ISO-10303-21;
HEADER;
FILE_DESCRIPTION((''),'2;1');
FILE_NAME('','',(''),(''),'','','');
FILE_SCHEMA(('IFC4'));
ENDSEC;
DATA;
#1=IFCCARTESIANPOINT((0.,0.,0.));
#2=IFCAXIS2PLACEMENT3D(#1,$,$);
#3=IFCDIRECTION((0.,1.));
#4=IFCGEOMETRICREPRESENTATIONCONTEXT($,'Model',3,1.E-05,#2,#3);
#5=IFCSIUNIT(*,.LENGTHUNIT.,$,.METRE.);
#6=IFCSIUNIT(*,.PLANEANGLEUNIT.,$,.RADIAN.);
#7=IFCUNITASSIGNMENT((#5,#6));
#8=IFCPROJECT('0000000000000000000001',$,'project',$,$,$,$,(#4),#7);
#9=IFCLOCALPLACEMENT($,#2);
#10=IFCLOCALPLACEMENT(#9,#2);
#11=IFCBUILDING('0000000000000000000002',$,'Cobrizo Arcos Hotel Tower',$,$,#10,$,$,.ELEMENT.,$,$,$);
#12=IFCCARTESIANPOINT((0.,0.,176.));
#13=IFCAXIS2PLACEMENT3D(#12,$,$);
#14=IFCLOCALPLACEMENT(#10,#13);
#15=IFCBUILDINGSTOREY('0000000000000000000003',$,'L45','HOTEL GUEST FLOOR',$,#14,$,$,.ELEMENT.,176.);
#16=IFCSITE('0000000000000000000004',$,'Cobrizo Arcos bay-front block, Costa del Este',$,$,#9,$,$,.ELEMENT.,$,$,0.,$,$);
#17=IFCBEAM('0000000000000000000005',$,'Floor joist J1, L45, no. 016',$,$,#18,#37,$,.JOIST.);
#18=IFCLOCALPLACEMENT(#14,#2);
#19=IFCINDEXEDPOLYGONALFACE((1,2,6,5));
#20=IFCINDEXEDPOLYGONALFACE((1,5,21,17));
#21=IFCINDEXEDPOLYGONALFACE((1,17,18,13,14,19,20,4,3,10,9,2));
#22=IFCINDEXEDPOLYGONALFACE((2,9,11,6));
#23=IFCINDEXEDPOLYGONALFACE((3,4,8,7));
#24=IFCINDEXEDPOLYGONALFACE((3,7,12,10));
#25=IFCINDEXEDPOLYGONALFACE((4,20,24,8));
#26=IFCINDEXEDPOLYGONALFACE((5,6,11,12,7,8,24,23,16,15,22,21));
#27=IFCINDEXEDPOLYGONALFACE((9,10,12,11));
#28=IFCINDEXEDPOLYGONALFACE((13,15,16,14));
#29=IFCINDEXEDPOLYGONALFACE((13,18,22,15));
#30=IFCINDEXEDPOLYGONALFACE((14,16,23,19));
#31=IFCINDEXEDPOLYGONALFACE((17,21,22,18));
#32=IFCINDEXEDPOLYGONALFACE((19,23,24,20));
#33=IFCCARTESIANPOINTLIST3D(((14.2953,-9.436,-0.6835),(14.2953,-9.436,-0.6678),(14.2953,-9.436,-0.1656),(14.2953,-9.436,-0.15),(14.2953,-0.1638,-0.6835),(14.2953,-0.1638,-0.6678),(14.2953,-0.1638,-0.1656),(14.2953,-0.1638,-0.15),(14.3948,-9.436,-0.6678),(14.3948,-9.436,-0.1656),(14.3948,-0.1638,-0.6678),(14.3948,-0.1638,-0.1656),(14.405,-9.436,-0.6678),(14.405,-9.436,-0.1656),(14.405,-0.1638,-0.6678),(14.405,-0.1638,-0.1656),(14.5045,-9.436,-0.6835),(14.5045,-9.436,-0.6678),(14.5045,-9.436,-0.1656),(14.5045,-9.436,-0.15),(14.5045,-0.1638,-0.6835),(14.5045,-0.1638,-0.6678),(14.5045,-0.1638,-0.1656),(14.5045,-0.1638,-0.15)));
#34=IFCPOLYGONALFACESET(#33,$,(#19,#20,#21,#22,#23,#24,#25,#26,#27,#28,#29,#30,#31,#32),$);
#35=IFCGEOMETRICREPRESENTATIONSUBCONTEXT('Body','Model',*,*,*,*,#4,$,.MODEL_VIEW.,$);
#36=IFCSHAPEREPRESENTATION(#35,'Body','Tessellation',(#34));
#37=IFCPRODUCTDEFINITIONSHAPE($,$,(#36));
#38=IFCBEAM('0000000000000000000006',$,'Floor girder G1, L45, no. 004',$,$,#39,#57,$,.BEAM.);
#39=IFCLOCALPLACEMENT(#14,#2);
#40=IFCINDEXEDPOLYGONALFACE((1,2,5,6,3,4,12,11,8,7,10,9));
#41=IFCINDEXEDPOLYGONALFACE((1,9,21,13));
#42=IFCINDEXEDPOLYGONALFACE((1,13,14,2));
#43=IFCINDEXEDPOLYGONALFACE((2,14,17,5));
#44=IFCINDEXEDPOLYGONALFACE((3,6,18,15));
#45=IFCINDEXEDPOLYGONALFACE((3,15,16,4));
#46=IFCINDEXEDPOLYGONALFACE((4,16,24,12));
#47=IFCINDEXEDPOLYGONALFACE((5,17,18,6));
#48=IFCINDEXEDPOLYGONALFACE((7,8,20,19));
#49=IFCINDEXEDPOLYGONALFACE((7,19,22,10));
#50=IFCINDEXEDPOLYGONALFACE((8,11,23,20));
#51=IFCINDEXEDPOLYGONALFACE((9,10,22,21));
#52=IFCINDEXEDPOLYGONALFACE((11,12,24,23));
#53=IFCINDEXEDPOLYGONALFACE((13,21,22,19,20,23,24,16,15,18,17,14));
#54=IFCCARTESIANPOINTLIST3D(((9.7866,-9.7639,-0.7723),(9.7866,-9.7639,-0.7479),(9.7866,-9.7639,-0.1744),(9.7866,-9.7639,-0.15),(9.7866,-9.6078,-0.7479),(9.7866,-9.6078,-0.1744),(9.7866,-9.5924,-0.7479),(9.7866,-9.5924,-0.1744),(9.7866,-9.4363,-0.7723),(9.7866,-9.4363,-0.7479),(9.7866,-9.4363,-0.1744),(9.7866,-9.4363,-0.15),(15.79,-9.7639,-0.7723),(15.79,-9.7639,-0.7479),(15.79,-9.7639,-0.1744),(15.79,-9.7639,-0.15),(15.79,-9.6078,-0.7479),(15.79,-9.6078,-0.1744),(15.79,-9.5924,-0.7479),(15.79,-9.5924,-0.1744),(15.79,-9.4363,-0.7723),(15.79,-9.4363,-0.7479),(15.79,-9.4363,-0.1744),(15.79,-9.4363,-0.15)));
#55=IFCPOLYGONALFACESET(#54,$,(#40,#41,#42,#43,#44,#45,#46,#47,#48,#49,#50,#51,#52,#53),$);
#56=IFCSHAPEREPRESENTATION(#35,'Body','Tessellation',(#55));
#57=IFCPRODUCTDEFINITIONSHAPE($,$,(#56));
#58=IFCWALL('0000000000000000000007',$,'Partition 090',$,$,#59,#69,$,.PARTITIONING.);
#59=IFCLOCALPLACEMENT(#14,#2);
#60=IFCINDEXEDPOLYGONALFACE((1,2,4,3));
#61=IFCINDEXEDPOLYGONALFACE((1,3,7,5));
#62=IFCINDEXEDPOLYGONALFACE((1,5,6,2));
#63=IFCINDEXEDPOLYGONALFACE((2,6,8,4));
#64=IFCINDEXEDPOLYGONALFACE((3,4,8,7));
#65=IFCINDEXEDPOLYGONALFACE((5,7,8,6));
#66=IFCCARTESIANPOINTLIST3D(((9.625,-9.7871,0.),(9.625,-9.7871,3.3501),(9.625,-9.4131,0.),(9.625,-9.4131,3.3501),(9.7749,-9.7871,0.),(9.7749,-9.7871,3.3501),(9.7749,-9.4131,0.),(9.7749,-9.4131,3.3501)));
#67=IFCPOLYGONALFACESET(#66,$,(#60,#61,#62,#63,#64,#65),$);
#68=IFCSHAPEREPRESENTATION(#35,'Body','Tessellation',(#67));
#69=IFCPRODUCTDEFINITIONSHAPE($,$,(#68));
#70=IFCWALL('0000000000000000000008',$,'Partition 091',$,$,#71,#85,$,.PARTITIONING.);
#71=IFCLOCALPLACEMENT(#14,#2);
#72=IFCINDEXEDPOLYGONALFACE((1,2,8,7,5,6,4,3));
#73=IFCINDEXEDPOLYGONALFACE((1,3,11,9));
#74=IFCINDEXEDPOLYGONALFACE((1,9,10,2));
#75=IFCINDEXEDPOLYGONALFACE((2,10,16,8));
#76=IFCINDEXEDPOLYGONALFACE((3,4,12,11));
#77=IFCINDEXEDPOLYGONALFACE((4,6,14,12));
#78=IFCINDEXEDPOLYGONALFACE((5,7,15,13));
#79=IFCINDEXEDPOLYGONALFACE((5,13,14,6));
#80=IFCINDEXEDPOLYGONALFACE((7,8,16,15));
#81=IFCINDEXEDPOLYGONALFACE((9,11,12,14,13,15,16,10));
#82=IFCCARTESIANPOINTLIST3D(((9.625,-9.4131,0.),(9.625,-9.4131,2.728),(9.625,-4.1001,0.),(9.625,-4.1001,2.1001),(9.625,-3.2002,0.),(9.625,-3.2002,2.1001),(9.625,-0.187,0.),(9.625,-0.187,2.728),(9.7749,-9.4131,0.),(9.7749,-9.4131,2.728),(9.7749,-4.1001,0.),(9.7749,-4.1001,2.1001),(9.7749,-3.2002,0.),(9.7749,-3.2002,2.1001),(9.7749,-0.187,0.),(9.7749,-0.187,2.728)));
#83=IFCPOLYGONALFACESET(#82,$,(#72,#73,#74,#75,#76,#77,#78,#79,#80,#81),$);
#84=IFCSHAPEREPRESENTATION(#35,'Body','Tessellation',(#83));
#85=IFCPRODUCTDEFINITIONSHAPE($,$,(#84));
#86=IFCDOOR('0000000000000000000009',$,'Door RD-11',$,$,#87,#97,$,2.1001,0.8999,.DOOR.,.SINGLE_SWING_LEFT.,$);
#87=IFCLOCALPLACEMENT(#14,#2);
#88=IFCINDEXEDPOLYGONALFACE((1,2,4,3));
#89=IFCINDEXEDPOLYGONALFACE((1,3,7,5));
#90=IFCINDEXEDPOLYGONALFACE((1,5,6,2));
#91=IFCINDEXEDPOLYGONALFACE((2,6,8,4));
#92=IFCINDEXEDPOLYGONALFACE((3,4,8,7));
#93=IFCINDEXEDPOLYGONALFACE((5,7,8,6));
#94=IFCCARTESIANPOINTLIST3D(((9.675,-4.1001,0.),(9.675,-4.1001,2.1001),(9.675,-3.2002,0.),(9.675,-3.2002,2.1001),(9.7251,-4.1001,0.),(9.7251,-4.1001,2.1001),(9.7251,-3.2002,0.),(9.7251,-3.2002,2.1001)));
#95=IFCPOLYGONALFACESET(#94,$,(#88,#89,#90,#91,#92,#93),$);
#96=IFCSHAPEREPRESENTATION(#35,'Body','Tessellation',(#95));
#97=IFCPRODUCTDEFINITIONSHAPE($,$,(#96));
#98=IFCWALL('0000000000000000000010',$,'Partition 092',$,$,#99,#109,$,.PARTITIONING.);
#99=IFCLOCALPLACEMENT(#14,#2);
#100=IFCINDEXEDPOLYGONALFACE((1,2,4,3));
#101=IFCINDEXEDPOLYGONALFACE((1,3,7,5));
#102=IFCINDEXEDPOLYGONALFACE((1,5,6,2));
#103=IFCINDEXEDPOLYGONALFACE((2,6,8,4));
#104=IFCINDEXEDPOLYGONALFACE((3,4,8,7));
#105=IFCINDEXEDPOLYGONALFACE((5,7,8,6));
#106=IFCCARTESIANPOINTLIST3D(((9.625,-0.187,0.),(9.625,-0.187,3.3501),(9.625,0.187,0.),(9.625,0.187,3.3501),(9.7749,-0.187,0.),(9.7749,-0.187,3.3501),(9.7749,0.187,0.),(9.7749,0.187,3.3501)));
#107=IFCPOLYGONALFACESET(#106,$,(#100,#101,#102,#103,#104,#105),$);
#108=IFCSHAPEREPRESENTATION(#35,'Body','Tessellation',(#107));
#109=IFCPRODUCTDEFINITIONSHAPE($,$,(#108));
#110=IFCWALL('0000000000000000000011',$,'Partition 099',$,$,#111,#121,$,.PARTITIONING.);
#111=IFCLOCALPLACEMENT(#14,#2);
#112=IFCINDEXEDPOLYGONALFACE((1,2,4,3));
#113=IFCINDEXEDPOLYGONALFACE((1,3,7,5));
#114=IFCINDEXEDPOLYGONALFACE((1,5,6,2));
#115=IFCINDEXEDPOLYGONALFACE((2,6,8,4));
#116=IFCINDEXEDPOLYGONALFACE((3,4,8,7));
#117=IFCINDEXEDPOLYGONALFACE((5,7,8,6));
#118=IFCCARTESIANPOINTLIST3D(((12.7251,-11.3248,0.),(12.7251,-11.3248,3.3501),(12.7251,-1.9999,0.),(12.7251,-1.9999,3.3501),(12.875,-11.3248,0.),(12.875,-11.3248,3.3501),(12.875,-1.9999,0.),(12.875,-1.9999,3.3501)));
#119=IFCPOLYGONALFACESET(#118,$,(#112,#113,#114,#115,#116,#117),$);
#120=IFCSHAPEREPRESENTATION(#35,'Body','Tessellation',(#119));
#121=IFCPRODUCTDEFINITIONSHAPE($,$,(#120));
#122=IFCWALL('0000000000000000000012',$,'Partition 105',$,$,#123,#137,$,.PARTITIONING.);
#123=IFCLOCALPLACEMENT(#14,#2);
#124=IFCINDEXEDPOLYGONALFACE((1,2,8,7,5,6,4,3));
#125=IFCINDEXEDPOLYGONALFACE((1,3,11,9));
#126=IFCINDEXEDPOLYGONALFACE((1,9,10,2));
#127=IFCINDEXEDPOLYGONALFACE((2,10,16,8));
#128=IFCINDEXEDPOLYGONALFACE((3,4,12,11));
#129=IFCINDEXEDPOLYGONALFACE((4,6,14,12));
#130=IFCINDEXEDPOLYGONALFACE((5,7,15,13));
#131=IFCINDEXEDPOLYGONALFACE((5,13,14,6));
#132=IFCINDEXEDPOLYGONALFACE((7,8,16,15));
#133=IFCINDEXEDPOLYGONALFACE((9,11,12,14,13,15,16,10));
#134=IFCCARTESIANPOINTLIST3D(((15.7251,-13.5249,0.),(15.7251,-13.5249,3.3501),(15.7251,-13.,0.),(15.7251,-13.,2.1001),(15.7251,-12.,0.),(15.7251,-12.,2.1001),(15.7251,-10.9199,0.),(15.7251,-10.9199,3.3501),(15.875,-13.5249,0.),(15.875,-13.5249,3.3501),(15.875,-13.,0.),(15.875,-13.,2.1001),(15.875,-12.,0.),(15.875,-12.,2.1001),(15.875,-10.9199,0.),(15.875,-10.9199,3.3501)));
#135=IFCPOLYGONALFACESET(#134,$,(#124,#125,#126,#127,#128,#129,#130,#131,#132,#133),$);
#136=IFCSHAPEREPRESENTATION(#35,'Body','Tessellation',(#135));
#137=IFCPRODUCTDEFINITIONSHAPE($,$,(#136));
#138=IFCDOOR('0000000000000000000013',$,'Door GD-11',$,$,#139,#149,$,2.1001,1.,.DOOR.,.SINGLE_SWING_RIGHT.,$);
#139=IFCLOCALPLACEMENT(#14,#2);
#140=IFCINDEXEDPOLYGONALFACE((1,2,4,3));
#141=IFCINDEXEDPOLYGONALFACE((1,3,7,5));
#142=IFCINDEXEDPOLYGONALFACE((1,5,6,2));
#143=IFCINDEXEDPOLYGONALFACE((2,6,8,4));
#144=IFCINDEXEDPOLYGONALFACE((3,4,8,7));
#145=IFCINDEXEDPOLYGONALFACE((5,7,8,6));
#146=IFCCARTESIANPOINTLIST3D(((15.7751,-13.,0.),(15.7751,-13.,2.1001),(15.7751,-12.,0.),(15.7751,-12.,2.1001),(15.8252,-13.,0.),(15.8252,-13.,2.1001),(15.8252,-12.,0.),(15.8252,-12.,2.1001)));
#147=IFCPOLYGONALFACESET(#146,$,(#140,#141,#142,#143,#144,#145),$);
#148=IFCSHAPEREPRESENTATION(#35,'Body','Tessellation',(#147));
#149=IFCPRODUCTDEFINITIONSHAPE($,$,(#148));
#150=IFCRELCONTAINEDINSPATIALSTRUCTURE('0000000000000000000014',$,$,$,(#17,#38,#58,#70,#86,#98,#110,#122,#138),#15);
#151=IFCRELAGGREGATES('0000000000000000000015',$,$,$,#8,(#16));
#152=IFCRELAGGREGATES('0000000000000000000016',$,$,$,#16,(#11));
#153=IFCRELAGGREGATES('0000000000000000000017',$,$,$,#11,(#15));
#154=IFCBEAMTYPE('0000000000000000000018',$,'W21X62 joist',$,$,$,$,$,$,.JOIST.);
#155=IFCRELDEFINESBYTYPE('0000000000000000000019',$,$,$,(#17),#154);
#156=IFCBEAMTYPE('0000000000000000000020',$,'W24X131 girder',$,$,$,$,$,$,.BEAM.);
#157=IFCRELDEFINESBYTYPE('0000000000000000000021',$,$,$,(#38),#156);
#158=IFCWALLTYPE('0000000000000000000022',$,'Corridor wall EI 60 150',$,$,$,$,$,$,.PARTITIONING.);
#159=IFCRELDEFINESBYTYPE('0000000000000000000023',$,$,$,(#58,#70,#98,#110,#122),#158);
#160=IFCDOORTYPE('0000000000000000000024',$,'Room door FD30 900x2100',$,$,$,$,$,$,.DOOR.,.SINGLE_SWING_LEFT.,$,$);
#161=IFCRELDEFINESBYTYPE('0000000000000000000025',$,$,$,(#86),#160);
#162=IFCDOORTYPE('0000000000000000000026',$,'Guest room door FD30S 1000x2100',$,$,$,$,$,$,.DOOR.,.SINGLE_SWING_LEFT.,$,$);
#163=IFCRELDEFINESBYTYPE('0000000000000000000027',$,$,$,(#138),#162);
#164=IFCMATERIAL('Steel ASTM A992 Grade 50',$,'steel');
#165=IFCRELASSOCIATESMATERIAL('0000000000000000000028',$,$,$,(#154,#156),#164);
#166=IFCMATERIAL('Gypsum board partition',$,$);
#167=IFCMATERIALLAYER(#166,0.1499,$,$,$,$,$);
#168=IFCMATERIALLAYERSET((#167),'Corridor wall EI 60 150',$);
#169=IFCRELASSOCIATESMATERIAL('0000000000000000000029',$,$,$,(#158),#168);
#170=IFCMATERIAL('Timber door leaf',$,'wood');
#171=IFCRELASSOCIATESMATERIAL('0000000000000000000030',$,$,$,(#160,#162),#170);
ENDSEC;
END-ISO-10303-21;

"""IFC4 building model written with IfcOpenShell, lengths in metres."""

from ifc_helpers import new_model, si_unit, direction, frame, frame_2d, origin, origin_2d, place, context, subcontext, project, spatial, rectangle, i_section, extrude, material, layer, layer_set, material_profile, profile_set, type_object, element, fill, save


model = new_model("IFC4")

# Units and contexts
model_context = context("Model", 3, precision=1e-05, world=origin(), true_north=direction((0.0, 1.0)))
body_context = subcontext(model_context, "Body", "Model", "MODEL_VIEW")
ifc_project = project(units=[si_unit("LENGTHUNIT", "METRE"), si_unit("PLANEANGLEUNIT", "RADIAN")], contexts=[model_context])

# Site, building, storey
site_placement = place(None, origin())
site = spatial("IfcSite", under=ifc_project, at=site_placement, Name="Cobrizo Arcos bay-front block, Costa del Este", CompositionType="ELEMENT", RefElevation=0.0)
building_placement = place(site_placement, origin())
building = spatial("IfcBuilding", under=site, at=building_placement, Name="Cobrizo Arcos Hotel Tower", CompositionType="ELEMENT")
storey_placement = place(building_placement, frame((0.0, 0.0, 176.0)))
storey = spatial("IfcBuildingStorey", under=building, at=storey_placement, Name="L45", Description="HOTEL GUEST FLOOR", CompositionType="ELEMENT", Elevation=176.0)

# Beams
ifc_material_1 = material(Name="Steel ASTM A992 Grade 50", Category="steel")
ifc_material_profile_1 = material_profile(ifc_material_1, i_section(OverallWidth=0.2092, OverallDepth=0.5334, WebThickness=0.0103, FlangeThickness=0.0156, at=origin_2d()), Name="W21X62")
ifc_profile_set_1 = profile_set([ifc_material_profile_1], Name="Steel ASTM A992 Grade 50")
beam_type_1 = type_object("IfcBeamType", Name="W21X62 joist", PredefinedType="JOIST", material=ifc_profile_set_1)
beam_1_placement = place(storey_placement, frame((14.3999, -9.436, -0.4167), z_axis=(0.0, 1.0, 0.0), x_axis=(-1.0, 0.0, 0.0)))
element("IfcBeam", 1, at=beam_1_placement, inside=storey, type_object=beam_type_1, Name="Floor joist J1, L45, no. 016", PredefinedType="JOIST", context=body_context, shape_type="SweptSolid", body=[
    extrude(i_section(OverallWidth=0.2092, OverallDepth=0.5334, WebThickness=0.0103, FlangeThickness=0.0156, at=origin_2d()), origin(), (0.0, 0.0, 1.0), 9.2722),
])
ifc_material_profile_2 = material_profile(ifc_material_1, i_section(OverallWidth=0.3276, OverallDepth=0.6223, WebThickness=0.0154, FlangeThickness=0.0244, at=origin_2d()), Name="W24X131")
ifc_profile_set_2 = profile_set([ifc_material_profile_2], Name="Steel ASTM A992 Grade 50")
beam_type_2 = type_object("IfcBeamType", Name="W24X131 girder", PredefinedType="BEAM", material=ifc_profile_set_2)
beam_2_placement = place(storey_placement, frame((9.7866, -9.6001, -0.4612), z_axis=(1.0, 0.0, 0.0), x_axis=(0.0, 1.0, 0.0)))
element("IfcBeam", 2, at=beam_2_placement, inside=storey, type_object=beam_type_2, Name="Floor girder G1, L45, no. 004", PredefinedType="BEAM", context=body_context, shape_type="SweptSolid", body=[
    extrude(i_section(OverallWidth=0.3276, OverallDepth=0.6223, WebThickness=0.0154, FlangeThickness=0.0244, at=origin_2d()), origin(), (0.0, 0.0, 1.0), 6.0034),
])

# Wall
ifc_material_2 = material(Name="Gypsum board partition")
ifc_layer_1 = layer(ifc_material_2, 0.1499)
ifc_layer_set_1 = layer_set([ifc_layer_1], Name="Corridor wall EI 60 150")
wall_type_1 = type_object("IfcWallType", Name="Corridor wall EI 60 150", PredefinedType="PARTITIONING", material=ifc_layer_set_1)
wall_1_placement = place(storey_placement, frame((9.7, -9.7871, 0.0), z_axis=(0.0, 0.0, 1.0), x_axis=(0.0, 1.0, 0.0)))
element("IfcWall", 3, at=wall_1_placement, inside=storey, type_object=wall_type_1, Name="Partition 090", PredefinedType="PARTITIONING", context=body_context, shape_type="SweptSolid", body=[
    extrude(rectangle(XDim=0.374, YDim=0.1499, at=frame_2d((0.187, 0.0))), origin(), (0.0, 0.0, 1.0), 3.3501),
])

# Wall, opening, door
wall_2_placement = place(storey_placement, frame((9.7, -9.4131, 0.0), z_axis=(0.0, 0.0, 1.0), x_axis=(0.0, 1.0, 0.0)))
wall_2 = element("IfcWall", 4, at=wall_2_placement, inside=storey, type_object=wall_type_1, Name="Partition 091", PredefinedType="PARTITIONING", context=body_context, shape_type="SweptSolid", body=[
    extrude(rectangle(XDim=9.2261, YDim=0.1499, at=frame_2d((4.613, 0.0))), origin(), (0.0, 0.0, 1.0), 2.728),
])
opening_1_placement = place(wall_2_placement, frame((5.313, 0.0, 0.0)))
opening_1 = element("IfcOpeningElement", 5, at=opening_1_placement, cuts=wall_2, PredefinedType="OPENING", context=body_context, shape_type="SweptSolid", body=[
    extrude(rectangle(XDim=0.8999, YDim=2.1001, at=frame_2d((0.45, 1.05))), frame((0.0, 0.0869, 0.0), z_axis=(0.0, -1.0, 0.0), x_axis=(1.0, 0.0, 0.0)), (0.0, 0.0, 1.0), 0.1738),
])
ifc_material_3 = material(Name="Timber door leaf", Category="wood")
door_type_1 = type_object("IfcDoorType", Name="Room door FD30 900x2100", OperationType="SINGLE_SWING_LEFT", PredefinedType="DOOR", material=ifc_material_3)
door_1_placement = place(opening_1_placement, origin())
door_1 = element("IfcDoor", 6, at=door_1_placement, inside=storey, type_object=door_type_1, Name="Door RD-11", OperationType="SINGLE_SWING_LEFT", OverallHeight=2.1001, OverallWidth=0.8999, PredefinedType="DOOR", context=body_context, shape_type="SweptSolid", body=[
    extrude(rectangle(XDim=0.8999, YDim=2.1001, at=frame_2d((0.45, 1.05))), frame((0.0, 0.0249, 0.0), z_axis=(0.0, -1.0, 0.0), x_axis=(1.0, 0.0, 0.0)), (0.0, 0.0, 1.0), 0.05),
])
fill(opening_1, door_1)

# Walls
wall_3_placement = place(storey_placement, frame((9.7, -0.187, 0.0), z_axis=(0.0, 0.0, 1.0), x_axis=(0.0, 1.0, 0.0)))
element("IfcWall", 7, at=wall_3_placement, inside=storey, type_object=wall_type_1, Name="Partition 092", PredefinedType="PARTITIONING", context=body_context, shape_type="SweptSolid", body=[
    extrude(rectangle(XDim=0.374, YDim=0.1499, at=frame_2d((0.187, 0.0))), origin(), (0.0, 0.0, 1.0), 3.3501),
])
wall_4_placement = place(storey_placement, frame((12.8, -11.325, 0.0), z_axis=(0.0, 0.0, 1.0), x_axis=(0.0, 1.0, 0.0)))
element("IfcWall", 8, at=wall_4_placement, inside=storey, type_object=wall_type_1, Name="Partition 099", PredefinedType="PARTITIONING", context=body_context, shape_type="SweptSolid", body=[
    extrude(rectangle(XDim=9.325, YDim=0.1499, at=frame_2d((4.6626, 0.0))), origin(), (0.0, 0.0, 1.0), 3.3501),
])

# Wall, opening, door
wall_5_placement = place(storey_placement, frame((15.8, -13.5249, 0.0), z_axis=(0.0, 0.0, 1.0), x_axis=(0.0, 1.0, 0.0)))
wall_5 = element("IfcWall", 9, at=wall_5_placement, inside=storey, type_object=wall_type_1, Name="Partition 105", PredefinedType="PARTITIONING", context=body_context, shape_type="SweptSolid", body=[
    extrude(rectangle(XDim=2.605, YDim=0.1499, at=frame_2d((1.3025, 0.0))), origin(), (0.0, 0.0, 1.0), 3.3501),
])
opening_2_placement = place(wall_5_placement, frame((0.5249, 0.0, 0.0)))
opening_2 = element("IfcOpeningElement", 10, at=opening_2_placement, cuts=wall_5, PredefinedType="OPENING", context=body_context, shape_type="SweptSolid", body=[
    extrude(rectangle(XDim=1.0, YDim=2.1001, at=frame_2d((0.5, 1.05))), frame((0.0, 0.0869, 0.0), z_axis=(0.0, -1.0, 0.0), x_axis=(1.0, 0.0, 0.0)), (0.0, 0.0, 1.0), 0.1738),
])
door_type_2 = type_object("IfcDoorType", Name="Guest room door FD30S 1000x2100", OperationType="SINGLE_SWING_LEFT", PredefinedType="DOOR", material=ifc_material_3)
door_2_placement = place(opening_2_placement, origin())
door_2 = element("IfcDoor", 11, at=door_2_placement, inside=storey, type_object=door_type_2, Name="Door GD-11", OperationType="SINGLE_SWING_RIGHT", OverallHeight=2.1001, OverallWidth=1.0, PredefinedType="DOOR", context=body_context, shape_type="SweptSolid", body=[
    extrude(rectangle(XDim=1.0, YDim=2.1001, at=frame_2d((0.5, 1.05))), frame((0.0, 0.0249, 0.0), z_axis=(0.0, -1.0, 0.0), x_axis=(1.0, 0.0, 0.0)), (0.0, 0.0, 1.0), 0.05),
])
fill(opening_2, door_2)

save(model, "model.ifc")
